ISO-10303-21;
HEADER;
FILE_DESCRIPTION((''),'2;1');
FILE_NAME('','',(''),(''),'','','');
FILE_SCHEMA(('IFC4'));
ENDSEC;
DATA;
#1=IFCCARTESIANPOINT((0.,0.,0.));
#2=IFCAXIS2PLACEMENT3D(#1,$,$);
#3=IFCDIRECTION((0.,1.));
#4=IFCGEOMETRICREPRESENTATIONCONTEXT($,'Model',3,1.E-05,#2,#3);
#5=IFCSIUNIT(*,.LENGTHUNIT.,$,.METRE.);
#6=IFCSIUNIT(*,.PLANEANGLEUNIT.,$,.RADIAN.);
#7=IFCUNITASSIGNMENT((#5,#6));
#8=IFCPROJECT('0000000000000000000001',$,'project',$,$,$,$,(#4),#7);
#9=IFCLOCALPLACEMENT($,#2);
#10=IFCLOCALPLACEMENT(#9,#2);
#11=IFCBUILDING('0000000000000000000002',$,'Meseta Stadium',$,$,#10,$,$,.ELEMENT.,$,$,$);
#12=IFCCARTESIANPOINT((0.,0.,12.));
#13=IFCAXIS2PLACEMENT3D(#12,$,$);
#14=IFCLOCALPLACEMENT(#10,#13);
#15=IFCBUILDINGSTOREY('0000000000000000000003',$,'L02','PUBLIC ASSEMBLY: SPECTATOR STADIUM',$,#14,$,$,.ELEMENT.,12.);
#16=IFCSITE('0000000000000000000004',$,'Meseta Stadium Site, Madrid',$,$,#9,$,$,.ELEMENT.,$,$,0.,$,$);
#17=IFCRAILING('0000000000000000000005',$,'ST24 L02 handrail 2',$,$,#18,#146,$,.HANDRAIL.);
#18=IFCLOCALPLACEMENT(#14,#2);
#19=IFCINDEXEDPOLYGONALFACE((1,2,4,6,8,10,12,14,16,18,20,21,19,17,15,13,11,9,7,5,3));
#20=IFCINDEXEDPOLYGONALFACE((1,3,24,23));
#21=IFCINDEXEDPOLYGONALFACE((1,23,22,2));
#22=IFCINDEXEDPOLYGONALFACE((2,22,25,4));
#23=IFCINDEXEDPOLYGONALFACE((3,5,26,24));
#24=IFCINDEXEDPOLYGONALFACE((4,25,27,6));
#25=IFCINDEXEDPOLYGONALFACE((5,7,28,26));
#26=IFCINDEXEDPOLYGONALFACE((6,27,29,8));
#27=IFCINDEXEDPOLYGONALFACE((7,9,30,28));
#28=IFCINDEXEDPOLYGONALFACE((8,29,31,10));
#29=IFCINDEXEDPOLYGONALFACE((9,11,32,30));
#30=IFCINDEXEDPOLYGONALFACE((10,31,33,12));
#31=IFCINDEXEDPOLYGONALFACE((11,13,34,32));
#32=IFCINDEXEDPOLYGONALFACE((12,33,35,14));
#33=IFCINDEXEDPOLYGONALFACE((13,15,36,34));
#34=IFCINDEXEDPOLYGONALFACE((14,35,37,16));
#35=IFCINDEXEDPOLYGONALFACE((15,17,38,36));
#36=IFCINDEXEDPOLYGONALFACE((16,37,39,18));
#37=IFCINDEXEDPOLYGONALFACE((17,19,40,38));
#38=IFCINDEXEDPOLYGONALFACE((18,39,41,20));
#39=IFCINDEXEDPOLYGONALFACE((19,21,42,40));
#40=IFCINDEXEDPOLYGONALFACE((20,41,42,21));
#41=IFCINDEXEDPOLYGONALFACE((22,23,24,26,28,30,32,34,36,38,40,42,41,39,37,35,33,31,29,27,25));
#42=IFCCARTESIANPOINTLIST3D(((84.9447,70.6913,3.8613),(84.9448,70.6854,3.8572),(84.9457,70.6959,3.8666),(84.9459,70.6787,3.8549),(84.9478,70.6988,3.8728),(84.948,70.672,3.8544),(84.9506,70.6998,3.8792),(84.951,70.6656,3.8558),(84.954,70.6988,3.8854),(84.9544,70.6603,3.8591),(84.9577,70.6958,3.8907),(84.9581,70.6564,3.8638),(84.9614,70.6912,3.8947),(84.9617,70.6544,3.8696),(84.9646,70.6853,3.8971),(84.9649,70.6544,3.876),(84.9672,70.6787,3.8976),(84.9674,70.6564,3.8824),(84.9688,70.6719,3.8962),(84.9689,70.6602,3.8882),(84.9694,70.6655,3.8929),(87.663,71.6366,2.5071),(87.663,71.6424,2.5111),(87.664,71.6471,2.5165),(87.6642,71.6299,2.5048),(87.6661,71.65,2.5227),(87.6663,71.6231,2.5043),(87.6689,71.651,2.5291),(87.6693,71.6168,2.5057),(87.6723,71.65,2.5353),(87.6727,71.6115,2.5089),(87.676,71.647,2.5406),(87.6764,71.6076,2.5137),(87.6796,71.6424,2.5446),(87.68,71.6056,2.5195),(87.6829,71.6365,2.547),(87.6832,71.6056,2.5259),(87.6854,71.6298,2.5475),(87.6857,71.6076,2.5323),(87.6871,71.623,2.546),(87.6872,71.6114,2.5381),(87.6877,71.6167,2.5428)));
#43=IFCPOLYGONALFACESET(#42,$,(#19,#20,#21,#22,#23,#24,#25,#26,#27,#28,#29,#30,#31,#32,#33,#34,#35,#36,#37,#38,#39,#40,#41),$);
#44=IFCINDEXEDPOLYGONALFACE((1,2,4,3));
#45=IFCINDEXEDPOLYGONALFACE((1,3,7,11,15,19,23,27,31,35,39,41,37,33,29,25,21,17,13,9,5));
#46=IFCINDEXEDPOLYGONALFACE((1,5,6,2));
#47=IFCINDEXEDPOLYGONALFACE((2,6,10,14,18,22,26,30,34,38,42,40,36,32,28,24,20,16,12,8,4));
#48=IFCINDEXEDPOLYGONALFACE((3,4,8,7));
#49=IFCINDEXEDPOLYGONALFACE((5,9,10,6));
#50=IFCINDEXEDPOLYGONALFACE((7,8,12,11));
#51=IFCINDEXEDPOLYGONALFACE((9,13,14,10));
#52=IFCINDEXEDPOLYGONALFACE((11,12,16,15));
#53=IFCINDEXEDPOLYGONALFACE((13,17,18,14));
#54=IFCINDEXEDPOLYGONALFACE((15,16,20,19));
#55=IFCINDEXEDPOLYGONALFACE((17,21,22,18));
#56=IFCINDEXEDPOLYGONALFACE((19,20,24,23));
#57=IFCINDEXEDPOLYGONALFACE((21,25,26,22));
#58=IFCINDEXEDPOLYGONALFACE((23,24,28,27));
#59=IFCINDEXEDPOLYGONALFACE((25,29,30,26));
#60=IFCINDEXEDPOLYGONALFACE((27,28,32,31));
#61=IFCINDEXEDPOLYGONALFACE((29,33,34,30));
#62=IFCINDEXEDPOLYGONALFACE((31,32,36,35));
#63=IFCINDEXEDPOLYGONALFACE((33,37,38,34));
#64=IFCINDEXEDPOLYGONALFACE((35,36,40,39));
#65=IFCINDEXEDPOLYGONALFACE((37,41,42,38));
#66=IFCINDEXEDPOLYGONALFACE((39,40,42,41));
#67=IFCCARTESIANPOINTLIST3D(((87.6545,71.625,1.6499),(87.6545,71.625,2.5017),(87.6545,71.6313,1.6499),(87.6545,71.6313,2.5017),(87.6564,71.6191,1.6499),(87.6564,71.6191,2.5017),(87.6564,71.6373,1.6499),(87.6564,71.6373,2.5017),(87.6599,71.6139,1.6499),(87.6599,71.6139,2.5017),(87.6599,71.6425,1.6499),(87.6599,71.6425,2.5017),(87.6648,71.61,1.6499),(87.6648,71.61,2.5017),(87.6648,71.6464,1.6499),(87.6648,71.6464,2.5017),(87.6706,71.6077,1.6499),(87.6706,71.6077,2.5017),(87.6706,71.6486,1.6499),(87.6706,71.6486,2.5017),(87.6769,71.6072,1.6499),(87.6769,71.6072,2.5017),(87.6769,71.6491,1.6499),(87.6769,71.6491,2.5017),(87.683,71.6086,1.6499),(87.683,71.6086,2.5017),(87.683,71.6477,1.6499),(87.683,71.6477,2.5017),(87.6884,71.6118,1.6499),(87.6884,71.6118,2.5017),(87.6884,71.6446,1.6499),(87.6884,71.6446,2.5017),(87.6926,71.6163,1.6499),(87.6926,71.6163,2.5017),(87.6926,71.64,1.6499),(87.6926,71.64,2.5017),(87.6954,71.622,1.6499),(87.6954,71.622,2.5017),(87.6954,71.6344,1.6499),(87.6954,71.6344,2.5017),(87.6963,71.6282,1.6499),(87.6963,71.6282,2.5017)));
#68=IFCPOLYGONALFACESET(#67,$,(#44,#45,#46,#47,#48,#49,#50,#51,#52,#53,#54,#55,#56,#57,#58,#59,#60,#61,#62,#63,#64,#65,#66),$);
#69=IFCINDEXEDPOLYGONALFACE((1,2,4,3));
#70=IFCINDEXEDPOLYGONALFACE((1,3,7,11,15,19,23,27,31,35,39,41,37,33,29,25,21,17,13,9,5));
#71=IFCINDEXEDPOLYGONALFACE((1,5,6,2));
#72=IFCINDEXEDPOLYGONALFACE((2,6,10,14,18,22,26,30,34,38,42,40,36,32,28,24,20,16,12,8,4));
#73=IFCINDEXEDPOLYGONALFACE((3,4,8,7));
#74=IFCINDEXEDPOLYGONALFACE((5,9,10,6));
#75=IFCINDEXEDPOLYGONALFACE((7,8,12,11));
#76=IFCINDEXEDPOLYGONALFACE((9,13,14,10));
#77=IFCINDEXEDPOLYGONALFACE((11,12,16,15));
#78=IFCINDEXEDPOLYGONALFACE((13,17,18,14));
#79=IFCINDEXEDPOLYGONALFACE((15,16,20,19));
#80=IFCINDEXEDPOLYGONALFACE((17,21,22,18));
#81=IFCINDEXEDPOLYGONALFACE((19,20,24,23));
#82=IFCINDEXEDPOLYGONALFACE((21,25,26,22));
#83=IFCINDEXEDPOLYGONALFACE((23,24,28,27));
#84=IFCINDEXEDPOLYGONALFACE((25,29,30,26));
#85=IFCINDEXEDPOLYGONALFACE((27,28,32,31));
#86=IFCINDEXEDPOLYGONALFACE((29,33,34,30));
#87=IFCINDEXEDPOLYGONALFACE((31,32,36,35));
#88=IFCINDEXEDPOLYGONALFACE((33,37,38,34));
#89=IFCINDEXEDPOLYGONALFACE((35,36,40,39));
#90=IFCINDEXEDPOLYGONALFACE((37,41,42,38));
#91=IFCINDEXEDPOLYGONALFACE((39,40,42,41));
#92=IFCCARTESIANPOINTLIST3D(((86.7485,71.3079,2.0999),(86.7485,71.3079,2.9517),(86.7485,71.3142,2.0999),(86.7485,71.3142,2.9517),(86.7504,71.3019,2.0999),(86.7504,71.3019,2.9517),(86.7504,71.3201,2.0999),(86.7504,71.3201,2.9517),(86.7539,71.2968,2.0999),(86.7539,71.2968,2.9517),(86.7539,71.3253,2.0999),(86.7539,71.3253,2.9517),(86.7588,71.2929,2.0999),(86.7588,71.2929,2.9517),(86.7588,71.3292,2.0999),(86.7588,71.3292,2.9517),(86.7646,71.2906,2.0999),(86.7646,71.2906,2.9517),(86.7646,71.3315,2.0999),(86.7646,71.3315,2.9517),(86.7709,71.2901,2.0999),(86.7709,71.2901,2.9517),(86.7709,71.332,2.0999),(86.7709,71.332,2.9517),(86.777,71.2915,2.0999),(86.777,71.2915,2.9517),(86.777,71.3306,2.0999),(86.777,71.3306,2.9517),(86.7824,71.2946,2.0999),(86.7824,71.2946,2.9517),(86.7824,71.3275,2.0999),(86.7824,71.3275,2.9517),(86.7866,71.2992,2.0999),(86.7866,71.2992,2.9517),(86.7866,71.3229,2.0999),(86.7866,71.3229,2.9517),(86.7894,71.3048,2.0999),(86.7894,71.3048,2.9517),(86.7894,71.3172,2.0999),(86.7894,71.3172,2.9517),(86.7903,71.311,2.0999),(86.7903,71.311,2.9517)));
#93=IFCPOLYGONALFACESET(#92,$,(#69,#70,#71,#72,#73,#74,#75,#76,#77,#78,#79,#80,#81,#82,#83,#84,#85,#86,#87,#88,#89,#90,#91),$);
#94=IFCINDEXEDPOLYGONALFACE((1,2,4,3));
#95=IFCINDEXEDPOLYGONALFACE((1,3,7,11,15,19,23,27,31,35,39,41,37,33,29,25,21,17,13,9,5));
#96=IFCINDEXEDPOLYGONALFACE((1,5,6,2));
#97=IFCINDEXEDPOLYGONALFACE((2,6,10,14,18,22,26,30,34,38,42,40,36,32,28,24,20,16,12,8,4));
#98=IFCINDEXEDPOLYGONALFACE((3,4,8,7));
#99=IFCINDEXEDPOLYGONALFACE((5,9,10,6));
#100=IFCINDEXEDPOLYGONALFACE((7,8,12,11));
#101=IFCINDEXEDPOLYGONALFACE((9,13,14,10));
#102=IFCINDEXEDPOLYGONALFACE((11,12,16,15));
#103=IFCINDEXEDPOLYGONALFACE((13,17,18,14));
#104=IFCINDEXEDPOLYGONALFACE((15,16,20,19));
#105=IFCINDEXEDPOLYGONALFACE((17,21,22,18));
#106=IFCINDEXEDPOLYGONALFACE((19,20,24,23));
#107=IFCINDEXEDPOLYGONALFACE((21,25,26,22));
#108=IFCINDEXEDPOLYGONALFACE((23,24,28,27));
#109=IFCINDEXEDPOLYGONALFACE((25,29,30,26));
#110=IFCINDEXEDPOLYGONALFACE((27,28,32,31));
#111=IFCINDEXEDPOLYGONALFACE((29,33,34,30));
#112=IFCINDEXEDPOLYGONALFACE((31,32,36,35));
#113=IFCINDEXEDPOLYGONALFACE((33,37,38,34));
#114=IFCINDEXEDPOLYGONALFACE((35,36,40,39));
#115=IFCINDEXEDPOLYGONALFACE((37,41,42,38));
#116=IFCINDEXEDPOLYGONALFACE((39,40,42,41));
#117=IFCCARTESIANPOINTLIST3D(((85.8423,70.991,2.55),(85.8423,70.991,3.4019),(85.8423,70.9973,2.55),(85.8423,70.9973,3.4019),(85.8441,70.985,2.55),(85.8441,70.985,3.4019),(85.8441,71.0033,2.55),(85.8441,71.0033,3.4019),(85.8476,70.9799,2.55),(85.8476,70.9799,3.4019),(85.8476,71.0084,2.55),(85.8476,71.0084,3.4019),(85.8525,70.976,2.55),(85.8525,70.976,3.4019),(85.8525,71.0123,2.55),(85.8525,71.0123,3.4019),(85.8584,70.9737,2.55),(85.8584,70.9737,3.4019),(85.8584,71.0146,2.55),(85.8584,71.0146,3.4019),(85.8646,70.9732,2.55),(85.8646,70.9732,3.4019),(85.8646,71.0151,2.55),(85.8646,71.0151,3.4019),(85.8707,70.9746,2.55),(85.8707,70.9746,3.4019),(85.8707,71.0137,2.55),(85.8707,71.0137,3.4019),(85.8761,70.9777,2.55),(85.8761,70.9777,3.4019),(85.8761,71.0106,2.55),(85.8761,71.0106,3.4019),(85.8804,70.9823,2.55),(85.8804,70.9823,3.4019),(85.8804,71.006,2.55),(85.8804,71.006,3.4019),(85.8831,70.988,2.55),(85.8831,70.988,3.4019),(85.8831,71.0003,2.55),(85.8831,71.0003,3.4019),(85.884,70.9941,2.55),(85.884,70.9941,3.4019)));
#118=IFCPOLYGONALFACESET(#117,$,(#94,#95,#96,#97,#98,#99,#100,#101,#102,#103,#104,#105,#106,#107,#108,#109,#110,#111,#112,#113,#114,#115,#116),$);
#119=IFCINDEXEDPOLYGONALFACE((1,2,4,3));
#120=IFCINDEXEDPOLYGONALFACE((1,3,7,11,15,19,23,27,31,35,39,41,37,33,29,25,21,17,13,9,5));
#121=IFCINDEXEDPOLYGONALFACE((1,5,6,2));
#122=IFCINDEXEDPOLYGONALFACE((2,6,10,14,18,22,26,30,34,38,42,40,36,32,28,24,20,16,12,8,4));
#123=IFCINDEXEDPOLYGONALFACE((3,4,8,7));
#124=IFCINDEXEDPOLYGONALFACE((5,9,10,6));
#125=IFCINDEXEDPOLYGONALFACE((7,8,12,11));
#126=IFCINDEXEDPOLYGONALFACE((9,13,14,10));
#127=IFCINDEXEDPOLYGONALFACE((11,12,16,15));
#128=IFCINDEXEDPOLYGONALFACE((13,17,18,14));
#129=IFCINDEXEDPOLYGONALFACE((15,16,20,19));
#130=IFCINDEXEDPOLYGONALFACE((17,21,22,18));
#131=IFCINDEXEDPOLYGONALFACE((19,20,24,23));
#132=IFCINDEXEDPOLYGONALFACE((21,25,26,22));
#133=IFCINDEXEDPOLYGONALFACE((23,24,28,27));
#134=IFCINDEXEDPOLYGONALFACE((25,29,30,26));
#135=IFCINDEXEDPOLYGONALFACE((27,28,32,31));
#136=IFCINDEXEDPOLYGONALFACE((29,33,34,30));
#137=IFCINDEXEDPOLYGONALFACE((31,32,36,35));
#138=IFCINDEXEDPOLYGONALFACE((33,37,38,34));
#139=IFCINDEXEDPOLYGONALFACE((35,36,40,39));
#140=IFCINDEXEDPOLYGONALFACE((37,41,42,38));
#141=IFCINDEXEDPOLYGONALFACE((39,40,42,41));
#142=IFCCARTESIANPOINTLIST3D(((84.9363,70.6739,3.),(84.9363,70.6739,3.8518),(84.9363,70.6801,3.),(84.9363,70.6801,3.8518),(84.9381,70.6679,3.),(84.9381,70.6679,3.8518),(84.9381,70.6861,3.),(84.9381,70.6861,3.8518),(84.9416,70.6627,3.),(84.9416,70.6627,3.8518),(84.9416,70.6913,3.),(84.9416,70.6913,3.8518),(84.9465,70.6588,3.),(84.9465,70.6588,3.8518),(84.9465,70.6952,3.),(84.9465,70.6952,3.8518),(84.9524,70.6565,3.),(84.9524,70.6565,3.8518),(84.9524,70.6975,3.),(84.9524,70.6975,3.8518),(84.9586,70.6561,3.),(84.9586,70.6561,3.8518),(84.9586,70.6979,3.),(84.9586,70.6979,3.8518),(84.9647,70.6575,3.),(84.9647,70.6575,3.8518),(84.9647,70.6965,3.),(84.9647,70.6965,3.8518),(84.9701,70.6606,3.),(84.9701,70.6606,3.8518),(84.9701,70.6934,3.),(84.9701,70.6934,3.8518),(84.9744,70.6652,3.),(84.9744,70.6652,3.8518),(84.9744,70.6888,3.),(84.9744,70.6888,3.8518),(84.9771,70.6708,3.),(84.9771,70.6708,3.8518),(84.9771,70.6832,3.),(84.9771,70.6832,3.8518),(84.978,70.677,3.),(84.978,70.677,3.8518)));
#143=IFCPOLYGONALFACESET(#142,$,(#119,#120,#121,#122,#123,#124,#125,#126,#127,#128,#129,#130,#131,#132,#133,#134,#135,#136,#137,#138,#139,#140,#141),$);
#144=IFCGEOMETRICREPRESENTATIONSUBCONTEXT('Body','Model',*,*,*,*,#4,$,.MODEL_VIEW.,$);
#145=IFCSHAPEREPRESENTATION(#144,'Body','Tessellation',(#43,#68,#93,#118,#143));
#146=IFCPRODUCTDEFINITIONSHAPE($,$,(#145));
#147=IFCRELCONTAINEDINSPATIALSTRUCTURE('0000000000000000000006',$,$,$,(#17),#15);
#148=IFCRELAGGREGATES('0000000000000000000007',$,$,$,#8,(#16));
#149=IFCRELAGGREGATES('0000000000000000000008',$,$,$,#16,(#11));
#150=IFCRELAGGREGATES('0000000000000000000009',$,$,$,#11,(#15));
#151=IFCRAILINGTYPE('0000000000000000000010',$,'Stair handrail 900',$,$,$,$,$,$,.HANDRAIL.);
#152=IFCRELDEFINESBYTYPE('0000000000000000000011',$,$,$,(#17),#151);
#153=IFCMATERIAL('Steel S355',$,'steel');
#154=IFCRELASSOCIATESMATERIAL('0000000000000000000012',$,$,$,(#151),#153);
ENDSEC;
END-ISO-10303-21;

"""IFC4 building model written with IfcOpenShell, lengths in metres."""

from ifc_helpers import new_model, si_unit, direction, frame, origin, origin_2d, place, context, subcontext, project, spatial, circle, extrude, material, type_object, element, save


model = new_model("IFC4")

# Units and contexts
model_context = context("Model", 3, precision=1e-05, world=origin(), true_north=direction((0.0, 1.0)))
body_context = subcontext(model_context, "Body", "Model", "MODEL_VIEW")
ifc_project = project(units=[si_unit("LENGTHUNIT", "METRE"), si_unit("PLANEANGLEUNIT", "RADIAN")], contexts=[model_context])

# Site, building, storey
site_placement = place(None, origin())
site = spatial("IfcSite", under=ifc_project, at=site_placement, Name="Meseta Stadium Site, Madrid", CompositionType="ELEMENT", RefElevation=0.0)
building_placement = place(site_placement, origin())
building = spatial("IfcBuilding", under=site, at=building_placement, Name="Meseta Stadium", CompositionType="ELEMENT")
storey_placement = place(building_placement, frame((0.0, 0.0, 12.0)))
storey = spatial("IfcBuildingStorey", under=building, at=storey_placement, Name="L02", Description="PUBLIC ASSEMBLY: SPECTATOR STADIUM", CompositionType="ELEMENT", Elevation=12.0)

# Railing
ifc_material_1 = material(Name="Steel S355", Category="steel")
railing_type_1 = type_object("IfcRailingType", Name="Stair handrail 900", PredefinedType="HANDRAIL", material=ifc_material_1)
for number, where, name in (
    (1, (87.6753, 71.6282, 1.6499), "ST24 L02 handrail 2"),
):
    element("IfcRailing", number, at=place(storey_placement, frame(where)), inside=storey, type_object=railing_type_1, Name=name, PredefinedType="HANDRAIL", context=body_context, shape_type="SweptSolid", body=[
        extrude(circle(Radius=0.0239, at=origin_2d()), frame((0.0, 0.0, 0.876), z_axis=(-0.854629, -0.299051, 0.424474), x_axis=(0.330282, -0.943882, 0.0)), (0.0, 0.0, 1.0), 3.1807),
        extrude(circle(Radius=0.021, at=origin_2d()), origin(), (0.0, 0.0, 1.0), 0.8518),
        extrude(circle(Radius=0.021, at=origin_2d()), frame((-0.906, -0.3171, 0.45)), (0.0, 0.0, 1.0), 0.8518),
        extrude(circle(Radius=0.021, at=origin_2d()), frame((-1.8123, -0.634, 0.9001)), (0.0, 0.0, 1.0), 0.8518),
        extrude(circle(Radius=0.021, at=origin_2d()), frame((-2.7183, -0.9512, 1.3501)), (0.0, 0.0, 1.0), 0.8518),
    ])

save(model, "model.ifc")
